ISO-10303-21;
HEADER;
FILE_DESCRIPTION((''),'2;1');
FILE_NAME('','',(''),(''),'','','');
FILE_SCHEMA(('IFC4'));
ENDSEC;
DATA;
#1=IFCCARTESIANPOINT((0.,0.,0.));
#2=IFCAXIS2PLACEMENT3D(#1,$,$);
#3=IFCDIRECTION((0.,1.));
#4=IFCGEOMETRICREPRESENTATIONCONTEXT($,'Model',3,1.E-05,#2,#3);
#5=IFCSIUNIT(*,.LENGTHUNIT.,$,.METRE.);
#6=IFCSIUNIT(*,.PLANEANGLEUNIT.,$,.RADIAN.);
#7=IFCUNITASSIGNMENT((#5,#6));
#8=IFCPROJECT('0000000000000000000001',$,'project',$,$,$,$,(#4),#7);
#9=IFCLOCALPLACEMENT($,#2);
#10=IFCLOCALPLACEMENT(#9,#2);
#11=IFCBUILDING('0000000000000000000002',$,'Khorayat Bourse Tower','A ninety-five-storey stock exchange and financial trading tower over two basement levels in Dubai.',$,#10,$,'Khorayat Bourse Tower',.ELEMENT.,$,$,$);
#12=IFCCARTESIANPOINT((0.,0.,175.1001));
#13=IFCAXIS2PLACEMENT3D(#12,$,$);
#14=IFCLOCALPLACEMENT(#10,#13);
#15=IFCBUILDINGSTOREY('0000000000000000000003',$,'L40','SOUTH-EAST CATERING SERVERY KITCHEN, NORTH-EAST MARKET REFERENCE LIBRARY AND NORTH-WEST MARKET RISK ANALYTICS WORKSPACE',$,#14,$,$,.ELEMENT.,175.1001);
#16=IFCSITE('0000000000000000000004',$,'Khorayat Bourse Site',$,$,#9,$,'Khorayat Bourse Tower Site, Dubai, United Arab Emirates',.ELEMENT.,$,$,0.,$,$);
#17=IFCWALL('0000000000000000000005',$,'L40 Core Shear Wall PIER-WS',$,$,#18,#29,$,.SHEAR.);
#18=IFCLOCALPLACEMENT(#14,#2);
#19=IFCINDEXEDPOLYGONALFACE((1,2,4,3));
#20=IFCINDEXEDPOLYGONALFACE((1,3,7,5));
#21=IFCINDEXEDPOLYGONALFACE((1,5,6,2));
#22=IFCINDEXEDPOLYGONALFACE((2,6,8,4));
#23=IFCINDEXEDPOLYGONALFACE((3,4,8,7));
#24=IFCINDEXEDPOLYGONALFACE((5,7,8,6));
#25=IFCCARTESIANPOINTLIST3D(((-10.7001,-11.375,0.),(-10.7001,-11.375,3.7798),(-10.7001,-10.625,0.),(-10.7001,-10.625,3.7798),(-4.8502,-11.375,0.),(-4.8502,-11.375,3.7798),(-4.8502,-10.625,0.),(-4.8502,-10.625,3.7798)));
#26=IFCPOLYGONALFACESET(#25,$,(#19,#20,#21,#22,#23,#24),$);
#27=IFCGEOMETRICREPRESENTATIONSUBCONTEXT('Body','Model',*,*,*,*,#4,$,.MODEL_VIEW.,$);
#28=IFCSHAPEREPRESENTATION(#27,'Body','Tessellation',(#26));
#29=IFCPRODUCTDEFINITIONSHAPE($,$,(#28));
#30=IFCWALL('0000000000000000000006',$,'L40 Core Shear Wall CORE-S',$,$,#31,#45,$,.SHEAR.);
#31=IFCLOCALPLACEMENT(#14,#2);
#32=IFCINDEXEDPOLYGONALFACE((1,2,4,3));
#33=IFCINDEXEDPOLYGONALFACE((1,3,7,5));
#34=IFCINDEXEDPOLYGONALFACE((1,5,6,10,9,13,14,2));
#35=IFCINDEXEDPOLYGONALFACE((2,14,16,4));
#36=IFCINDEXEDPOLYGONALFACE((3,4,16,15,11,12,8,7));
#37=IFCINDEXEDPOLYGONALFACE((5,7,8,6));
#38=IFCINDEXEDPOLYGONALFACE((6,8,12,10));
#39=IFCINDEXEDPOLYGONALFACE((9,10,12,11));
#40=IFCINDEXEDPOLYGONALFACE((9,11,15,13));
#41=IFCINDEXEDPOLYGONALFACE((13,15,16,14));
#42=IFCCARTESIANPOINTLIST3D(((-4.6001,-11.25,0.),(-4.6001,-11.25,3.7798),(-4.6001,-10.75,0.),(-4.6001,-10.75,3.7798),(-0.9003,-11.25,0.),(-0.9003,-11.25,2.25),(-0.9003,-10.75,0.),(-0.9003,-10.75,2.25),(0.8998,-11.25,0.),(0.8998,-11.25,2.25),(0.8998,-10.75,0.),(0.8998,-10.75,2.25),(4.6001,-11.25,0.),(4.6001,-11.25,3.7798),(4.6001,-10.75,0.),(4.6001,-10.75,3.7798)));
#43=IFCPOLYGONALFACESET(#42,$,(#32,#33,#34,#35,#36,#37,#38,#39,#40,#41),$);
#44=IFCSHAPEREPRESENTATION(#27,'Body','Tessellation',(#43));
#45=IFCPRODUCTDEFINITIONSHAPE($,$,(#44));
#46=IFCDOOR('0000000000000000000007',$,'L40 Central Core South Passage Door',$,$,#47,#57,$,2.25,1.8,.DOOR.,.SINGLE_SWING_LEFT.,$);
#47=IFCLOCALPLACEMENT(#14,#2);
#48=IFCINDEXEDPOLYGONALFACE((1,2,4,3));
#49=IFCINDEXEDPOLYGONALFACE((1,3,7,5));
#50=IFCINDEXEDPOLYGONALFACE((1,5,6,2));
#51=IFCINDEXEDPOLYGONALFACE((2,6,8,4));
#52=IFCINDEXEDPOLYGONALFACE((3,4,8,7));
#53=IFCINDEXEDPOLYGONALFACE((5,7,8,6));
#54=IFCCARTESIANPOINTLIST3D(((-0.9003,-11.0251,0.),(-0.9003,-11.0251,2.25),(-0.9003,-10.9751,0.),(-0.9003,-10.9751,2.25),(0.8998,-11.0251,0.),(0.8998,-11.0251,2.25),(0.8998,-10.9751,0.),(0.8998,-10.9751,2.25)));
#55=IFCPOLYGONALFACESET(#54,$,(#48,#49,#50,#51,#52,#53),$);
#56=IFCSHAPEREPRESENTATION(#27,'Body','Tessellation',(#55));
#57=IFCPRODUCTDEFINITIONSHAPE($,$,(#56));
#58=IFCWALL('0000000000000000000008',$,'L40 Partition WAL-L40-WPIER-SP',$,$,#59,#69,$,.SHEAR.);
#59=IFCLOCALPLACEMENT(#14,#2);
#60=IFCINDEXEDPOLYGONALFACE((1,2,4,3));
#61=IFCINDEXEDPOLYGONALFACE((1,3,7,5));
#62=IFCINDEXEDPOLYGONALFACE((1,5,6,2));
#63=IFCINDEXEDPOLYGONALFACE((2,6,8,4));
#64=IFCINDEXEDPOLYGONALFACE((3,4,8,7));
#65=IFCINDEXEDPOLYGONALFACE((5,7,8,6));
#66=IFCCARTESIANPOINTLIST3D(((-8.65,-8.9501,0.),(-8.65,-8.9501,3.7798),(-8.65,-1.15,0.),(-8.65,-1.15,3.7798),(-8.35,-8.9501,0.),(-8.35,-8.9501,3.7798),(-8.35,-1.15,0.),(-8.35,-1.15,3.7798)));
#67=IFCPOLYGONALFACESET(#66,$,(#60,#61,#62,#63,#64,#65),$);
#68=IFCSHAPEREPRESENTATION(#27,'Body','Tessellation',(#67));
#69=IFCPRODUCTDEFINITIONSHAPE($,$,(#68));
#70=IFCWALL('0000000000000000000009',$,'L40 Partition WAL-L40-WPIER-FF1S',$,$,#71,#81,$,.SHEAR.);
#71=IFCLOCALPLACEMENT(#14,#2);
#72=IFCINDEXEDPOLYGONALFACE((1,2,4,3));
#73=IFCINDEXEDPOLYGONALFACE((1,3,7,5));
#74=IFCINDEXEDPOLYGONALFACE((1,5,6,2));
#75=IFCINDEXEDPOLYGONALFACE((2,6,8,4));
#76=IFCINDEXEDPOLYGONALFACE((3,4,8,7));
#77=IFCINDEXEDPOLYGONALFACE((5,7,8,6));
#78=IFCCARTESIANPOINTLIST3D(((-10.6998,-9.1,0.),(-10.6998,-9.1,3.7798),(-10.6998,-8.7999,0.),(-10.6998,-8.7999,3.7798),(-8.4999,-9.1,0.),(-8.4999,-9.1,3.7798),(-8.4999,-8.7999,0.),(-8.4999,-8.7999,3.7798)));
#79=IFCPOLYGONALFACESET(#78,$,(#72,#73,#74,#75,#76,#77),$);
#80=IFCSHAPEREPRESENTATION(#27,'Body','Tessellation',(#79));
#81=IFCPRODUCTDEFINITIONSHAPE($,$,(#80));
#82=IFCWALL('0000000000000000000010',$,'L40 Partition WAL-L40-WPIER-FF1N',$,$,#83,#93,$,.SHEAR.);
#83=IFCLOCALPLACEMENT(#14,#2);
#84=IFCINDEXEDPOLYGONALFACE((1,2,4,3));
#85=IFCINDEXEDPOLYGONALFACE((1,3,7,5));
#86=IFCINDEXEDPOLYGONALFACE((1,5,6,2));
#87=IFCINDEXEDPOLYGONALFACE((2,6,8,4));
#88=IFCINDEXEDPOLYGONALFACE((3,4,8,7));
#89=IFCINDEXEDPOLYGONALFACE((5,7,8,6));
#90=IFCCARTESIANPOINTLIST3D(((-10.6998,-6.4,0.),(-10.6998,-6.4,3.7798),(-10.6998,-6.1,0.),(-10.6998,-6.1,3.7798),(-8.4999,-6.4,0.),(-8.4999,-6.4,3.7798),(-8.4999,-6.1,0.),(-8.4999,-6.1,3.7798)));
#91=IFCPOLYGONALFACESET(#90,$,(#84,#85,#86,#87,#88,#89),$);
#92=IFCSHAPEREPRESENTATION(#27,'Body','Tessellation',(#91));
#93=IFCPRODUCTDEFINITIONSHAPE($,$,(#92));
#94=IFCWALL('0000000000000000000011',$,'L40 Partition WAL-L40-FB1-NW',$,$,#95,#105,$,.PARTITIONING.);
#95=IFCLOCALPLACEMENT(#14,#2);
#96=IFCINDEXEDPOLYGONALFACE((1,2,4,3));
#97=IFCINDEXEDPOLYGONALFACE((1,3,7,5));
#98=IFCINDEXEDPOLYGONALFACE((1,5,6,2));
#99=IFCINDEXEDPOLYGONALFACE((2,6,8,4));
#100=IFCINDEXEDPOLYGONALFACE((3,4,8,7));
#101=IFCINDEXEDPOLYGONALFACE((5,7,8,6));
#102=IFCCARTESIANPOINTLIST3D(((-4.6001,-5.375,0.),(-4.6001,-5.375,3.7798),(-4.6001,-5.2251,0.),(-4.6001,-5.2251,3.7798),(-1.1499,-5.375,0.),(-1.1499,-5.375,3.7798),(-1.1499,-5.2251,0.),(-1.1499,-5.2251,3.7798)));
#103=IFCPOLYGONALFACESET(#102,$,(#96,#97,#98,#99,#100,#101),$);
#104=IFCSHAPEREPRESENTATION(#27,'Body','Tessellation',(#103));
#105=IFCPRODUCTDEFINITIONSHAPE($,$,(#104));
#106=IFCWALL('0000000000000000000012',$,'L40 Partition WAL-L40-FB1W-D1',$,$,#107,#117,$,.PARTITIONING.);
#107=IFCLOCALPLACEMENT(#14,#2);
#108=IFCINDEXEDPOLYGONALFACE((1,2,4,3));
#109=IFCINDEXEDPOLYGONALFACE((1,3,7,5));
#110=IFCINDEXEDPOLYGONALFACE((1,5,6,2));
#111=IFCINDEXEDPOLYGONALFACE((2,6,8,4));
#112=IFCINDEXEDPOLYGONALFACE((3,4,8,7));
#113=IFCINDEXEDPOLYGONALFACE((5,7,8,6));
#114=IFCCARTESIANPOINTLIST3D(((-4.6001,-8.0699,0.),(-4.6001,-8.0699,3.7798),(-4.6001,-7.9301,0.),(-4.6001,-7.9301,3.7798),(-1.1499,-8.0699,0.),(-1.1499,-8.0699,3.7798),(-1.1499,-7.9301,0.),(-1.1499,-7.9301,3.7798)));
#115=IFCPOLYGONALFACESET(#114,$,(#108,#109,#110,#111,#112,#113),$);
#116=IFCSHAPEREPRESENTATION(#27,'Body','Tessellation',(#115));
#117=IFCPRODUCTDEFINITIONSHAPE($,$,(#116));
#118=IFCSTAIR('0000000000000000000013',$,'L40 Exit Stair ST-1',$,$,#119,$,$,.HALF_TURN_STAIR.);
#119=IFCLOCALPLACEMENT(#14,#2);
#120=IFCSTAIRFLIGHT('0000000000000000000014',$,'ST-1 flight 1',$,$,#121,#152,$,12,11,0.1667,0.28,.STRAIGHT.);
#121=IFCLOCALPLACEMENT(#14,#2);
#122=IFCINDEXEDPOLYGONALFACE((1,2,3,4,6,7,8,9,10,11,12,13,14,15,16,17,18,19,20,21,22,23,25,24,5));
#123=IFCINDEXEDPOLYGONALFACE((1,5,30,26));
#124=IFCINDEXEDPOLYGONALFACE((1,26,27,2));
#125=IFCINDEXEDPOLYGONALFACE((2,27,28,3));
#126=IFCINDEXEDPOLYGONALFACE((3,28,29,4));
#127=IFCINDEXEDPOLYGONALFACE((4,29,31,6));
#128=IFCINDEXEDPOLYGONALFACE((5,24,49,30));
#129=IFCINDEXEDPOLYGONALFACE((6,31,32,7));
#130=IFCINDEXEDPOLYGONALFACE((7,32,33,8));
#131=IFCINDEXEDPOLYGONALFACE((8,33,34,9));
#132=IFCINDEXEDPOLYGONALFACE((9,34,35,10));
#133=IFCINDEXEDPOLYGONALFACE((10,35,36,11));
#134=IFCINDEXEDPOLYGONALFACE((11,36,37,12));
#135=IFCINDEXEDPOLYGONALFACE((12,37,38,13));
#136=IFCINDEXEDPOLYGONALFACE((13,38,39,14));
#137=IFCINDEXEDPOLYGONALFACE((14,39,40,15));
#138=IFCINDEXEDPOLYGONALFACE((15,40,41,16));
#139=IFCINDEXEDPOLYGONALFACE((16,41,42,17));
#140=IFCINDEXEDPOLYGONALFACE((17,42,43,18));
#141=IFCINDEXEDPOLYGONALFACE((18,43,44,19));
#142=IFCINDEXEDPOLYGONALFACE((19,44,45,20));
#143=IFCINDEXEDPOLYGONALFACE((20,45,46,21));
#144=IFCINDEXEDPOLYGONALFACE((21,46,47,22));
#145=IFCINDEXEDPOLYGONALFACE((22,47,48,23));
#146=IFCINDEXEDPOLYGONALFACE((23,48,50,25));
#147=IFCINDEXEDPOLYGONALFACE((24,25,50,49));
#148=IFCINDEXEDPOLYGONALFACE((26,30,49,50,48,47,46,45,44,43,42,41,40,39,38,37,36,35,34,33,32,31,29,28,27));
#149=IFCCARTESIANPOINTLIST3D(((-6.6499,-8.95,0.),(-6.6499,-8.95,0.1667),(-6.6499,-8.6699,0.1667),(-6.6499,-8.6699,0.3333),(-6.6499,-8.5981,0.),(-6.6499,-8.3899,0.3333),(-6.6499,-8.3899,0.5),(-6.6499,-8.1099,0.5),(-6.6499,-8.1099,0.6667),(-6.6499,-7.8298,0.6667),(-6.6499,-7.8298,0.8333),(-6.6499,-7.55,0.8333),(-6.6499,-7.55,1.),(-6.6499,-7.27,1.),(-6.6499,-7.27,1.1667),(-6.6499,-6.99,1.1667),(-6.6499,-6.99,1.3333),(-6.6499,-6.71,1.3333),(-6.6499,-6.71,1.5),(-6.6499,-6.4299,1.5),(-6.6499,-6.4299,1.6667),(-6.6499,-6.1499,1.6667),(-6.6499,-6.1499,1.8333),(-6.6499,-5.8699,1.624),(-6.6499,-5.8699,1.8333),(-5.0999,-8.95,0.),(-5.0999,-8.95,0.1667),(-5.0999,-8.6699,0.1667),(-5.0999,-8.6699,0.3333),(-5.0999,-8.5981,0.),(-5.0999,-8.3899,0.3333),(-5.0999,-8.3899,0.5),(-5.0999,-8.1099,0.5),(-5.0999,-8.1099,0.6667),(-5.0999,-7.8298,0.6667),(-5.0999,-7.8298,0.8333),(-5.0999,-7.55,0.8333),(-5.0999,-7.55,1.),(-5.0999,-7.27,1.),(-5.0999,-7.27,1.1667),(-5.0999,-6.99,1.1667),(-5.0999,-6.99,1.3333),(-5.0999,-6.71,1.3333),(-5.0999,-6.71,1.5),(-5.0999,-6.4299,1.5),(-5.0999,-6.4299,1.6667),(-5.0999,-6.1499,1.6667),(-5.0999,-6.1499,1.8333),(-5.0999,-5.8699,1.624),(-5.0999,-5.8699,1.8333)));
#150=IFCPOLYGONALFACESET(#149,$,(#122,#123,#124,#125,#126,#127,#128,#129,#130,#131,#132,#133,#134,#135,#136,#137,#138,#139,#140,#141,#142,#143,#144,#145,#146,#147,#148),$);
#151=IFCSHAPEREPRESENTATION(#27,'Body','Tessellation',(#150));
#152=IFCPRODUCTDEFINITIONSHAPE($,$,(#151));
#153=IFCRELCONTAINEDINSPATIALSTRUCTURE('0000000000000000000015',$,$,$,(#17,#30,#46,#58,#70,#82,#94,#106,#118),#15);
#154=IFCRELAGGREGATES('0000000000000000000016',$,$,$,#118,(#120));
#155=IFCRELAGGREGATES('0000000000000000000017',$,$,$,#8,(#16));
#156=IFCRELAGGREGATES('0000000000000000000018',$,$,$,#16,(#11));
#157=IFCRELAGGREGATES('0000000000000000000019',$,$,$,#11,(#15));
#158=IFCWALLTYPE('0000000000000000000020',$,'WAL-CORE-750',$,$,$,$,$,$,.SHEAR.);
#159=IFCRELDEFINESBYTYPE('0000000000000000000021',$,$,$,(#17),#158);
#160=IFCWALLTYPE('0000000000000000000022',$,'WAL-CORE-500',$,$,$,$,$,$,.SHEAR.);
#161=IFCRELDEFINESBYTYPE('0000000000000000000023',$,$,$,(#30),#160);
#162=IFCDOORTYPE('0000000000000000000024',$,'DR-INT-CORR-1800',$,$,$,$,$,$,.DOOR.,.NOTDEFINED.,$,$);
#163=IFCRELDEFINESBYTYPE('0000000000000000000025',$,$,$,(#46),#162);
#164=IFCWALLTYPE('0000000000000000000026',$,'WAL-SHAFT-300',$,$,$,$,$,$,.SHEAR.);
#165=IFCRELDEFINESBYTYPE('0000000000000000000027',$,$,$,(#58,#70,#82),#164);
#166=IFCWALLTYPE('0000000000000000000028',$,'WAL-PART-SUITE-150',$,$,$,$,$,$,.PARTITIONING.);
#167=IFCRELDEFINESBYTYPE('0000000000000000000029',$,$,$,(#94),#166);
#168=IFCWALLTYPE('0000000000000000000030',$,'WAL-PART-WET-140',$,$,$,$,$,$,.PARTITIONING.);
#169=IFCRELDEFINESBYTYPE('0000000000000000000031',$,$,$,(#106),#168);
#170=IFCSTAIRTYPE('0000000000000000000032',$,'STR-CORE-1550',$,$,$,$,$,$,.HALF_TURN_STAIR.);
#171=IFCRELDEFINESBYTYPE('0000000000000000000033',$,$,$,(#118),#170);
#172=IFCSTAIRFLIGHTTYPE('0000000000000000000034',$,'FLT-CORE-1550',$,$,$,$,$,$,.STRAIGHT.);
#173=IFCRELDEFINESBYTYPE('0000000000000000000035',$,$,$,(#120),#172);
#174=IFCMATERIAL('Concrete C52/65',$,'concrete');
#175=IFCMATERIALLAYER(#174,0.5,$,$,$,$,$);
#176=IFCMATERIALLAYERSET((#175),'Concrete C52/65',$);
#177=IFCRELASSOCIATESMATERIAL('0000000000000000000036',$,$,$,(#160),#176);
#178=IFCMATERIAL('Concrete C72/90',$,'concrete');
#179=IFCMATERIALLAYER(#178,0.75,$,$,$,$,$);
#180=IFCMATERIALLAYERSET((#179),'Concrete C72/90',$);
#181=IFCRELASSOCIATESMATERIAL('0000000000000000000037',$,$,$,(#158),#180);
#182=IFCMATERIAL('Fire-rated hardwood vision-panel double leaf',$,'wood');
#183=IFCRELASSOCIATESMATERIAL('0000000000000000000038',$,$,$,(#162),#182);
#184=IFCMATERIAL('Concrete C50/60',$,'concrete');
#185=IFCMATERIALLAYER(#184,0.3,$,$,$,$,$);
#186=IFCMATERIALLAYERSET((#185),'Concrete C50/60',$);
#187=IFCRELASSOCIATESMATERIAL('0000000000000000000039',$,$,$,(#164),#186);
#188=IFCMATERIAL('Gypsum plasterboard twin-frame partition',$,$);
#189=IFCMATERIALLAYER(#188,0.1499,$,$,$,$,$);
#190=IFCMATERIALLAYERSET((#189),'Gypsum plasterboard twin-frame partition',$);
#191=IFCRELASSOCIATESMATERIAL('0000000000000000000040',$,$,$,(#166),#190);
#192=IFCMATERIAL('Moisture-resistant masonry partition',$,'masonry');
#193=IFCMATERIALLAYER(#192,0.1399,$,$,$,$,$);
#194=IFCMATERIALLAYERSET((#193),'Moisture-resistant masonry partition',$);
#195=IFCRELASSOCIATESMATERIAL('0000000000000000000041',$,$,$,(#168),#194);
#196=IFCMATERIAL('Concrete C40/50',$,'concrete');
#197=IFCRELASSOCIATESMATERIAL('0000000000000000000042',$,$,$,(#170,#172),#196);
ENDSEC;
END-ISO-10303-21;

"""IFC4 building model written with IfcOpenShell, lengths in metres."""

from ifc_helpers import new_model, si_unit, direction, frame, frame_2d, origin, place, context, subcontext, project, spatial, polyline, rectangle, outline, extrude, source, transform, mapped, material, layer, layer_set, type_object, element, fill, aggregate, save


model = new_model("IFC4")

# Units and contexts
model_context = context("Model", 3, precision=1e-05, world=origin(), true_north=direction((0.0, 1.0)))
body_context = subcontext(model_context, "Body", "Model", "MODEL_VIEW")
ifc_project = project(units=[si_unit("LENGTHUNIT", "METRE"), si_unit("PLANEANGLEUNIT", "RADIAN")], contexts=[model_context])

# Site, building, storey
site_placement = place(None, origin())
site = spatial("IfcSite", under=ifc_project, at=site_placement, Name="Khorayat Bourse Site", LongName="Khorayat Bourse Tower Site, Dubai, United Arab Emirates", CompositionType="ELEMENT", RefElevation=0.0)
building_placement = place(site_placement, origin())
building = spatial("IfcBuilding", under=site, at=building_placement, Name="Khorayat Bourse Tower", Description="A ninety-five-storey stock exchange and financial trading tower over two basement levels in Dubai.", LongName="Khorayat Bourse Tower", CompositionType="ELEMENT")
storey_placement = place(building_placement, frame((0.0, 0.0, 175.1001)))
storey = spatial("IfcBuildingStorey", under=building, at=storey_placement, Name="L40", Description="SOUTH-EAST CATERING SERVERY KITCHEN, NORTH-EAST MARKET REFERENCE LIBRARY AND NORTH-WEST MARKET RISK ANALYTICS WORKSPACE", CompositionType="ELEMENT", Elevation=175.1001)

# Shared definitions
ifc_material_1 = material(Name="Concrete C72/90", Category="concrete")

# Wall
ifc_material_2 = material(Name="Concrete C52/65", Category="concrete")
ifc_layer_1 = layer(ifc_material_2, 0.5)
ifc_layer_set_1 = layer_set([ifc_layer_1], Name="Concrete C52/65")
wall_type_1 = type_object("IfcWallType", Name="WAL-CORE-500", PredefinedType="SHEAR", material=ifc_layer_set_1)
ifc_layer_2 = layer(ifc_material_1, 0.75)
ifc_layer_set_2 = layer_set([ifc_layer_2], Name="Concrete C72/90")
wall_type_2 = type_object("IfcWallType", Name="WAL-CORE-750", PredefinedType="SHEAR", material=ifc_layer_set_2)
shared_shape_1 = source(origin(), body_context, "Body", "SweptSolid", [
    extrude(rectangle(XDim=5.8499, YDim=0.75, at=frame_2d((2.9248, 0.0))), origin(), (0.0, 0.0, 1.0), 3.7798),
])
wall_1_placement = place(storey_placement, frame((-10.7, -11.0, 0.0), z_axis=(0.0, 0.0, 1.0), x_axis=(1.0, 0.0, 0.0)))
element("IfcWall", 1, at=wall_1_placement, inside=storey, type_object=wall_type_2, Name="L40 Core Shear Wall PIER-WS", PredefinedType="SHEAR", context=body_context, shape_type="MappedRepresentation", body=[
    mapped(shared_shape_1, transform((0.0, 0.0, 0.0), scale=1.0)),
])

# Wall, opening, door
shared_shape_2 = source(origin(), body_context, "Body", "SweptSolid", [
    extrude(rectangle(XDim=9.2002, YDim=0.5, at=frame_2d((4.6001, 0.0))), origin(), (0.0, 0.0, 1.0), 3.7798),
])
wall_2_placement = place(storey_placement, frame((-4.6001, -11.0, 0.0), z_axis=(0.0, 0.0, 1.0), x_axis=(1.0, 0.0, 0.0)))
wall_2 = element("IfcWall", 2, at=wall_2_placement, inside=storey, type_object=wall_type_1, Name="L40 Core Shear Wall CORE-S", PredefinedType="SHEAR", context=body_context, shape_type="MappedRepresentation", body=[
    mapped(shared_shape_2, transform((0.0, 0.0, 0.0), scale=1.0)),
])
shared_shape_3 = source(origin(), body_context, "Body", "SweptSolid", [
    extrude(rectangle(XDim=1.8, YDim=2.25, at=frame_2d((0.8999, 1.125))), frame((0.0, 0.26, 0.0), z_axis=(0.0, -1.0, 0.0), x_axis=(1.0, 0.0, 0.0)), (0.0, 0.0, 1.0), 0.52),
])
opening_placement = place(wall_2_placement, frame((3.7, 0.0, 0.0)))
opening = element("IfcOpeningElement", 3, at=opening_placement, cuts=wall_2, PredefinedType="OPENING", context=body_context, shape_type="MappedRepresentation", body=[
    mapped(shared_shape_3, transform((0.0, 0.0, 0.0), scale=1.0)),
])
ifc_material_3 = material(Name="Fire-rated hardwood vision-panel double leaf", Category="wood")
door_type = type_object("IfcDoorType", Name="DR-INT-CORR-1800", OperationType="NOTDEFINED", PredefinedType="DOOR", material=ifc_material_3)
shared_shape_4 = source(origin(), body_context, "Body", "SweptSolid", [
    extrude(rectangle(XDim=1.8, YDim=2.25, at=frame_2d((0.8999, 1.125))), frame((0.0, 0.0249, 0.0), z_axis=(0.0, -1.0, 0.0), x_axis=(1.0, 0.0, 0.0)), (0.0, 0.0, 1.0), 0.05),
])
door_placement = place(opening_placement, origin())
door = element("IfcDoor", 4, at=door_placement, inside=storey, type_object=door_type, Name="L40 Central Core South Passage Door", OperationType="SINGLE_SWING_LEFT", OverallHeight=2.25, OverallWidth=1.8, PredefinedType="DOOR", context=body_context, shape_type="MappedRepresentation", body=[
    mapped(shared_shape_4, transform((0.0, 0.0, 0.0), scale=1.0)),
])
fill(opening, door)

# Walls
ifc_material_4 = material(Name="Concrete C50/60", Category="concrete")
ifc_layer_3 = layer(ifc_material_4, 0.3)
ifc_layer_set_3 = layer_set([ifc_layer_3], Name="Concrete C50/60")
wall_type_3 = type_object("IfcWallType", Name="WAL-SHAFT-300", PredefinedType="SHEAR", material=ifc_layer_set_3)
shared_shape_5 = source(origin(), body_context, "Body", "SweptSolid", [
    extrude(rectangle(XDim=7.8, YDim=0.3, at=frame_2d((3.8999, 0.0))), origin(), (0.0, 0.0, 1.0), 3.7798),
])
wall_3_placement = place(storey_placement, frame((-8.5, -8.95, 0.0), z_axis=(0.0, 0.0, 1.0), x_axis=(0.0, 1.0, 0.0)))
element("IfcWall", 5, at=wall_3_placement, inside=storey, type_object=wall_type_3, Name="L40 Partition WAL-L40-WPIER-SP", PredefinedType="SHEAR", context=body_context, shape_type="MappedRepresentation", body=[
    mapped(shared_shape_5, transform((0.0, 0.0, 0.0), scale=1.0)),
])
shared_shape_6 = source(origin(), body_context, "Body", "SweptSolid", [
    extrude(rectangle(XDim=2.2, YDim=0.3, at=frame_2d((1.1001, 0.0))), origin(), (0.0, 0.0, 1.0), 3.7798),
])
for number, where, z_axis, x_axis, name in (
    (6, (-10.7, -8.95, 0.0), (0.0, 0.0, 1.0), (1.0, 0.0, 0.0), "L40 Partition WAL-L40-WPIER-FF1S"),
    (7, (-10.7, -6.25, 0.0), (0.0, 0.0, 1.0), (1.0, 0.0, 0.0), "L40 Partition WAL-L40-WPIER-FF1N"),
):
    element("IfcWall", number, at=place(storey_placement, frame(where, z_axis=z_axis, x_axis=x_axis)), inside=storey, type_object=wall_type_3, Name=name, PredefinedType="SHEAR", context=body_context, shape_type="MappedRepresentation", body=[
        mapped(shared_shape_6, transform((0.0, 0.0, 0.0), scale=1.0)),
    ])
ifc_material_5 = material(Name="Gypsum plasterboard twin-frame partition")
ifc_layer_4 = layer(ifc_material_5, 0.1499)
ifc_layer_set_4 = layer_set([ifc_layer_4], Name="Gypsum plasterboard twin-frame partition")
wall_type_4 = type_object("IfcWallType", Name="WAL-PART-SUITE-150", PredefinedType="PARTITIONING", material=ifc_layer_set_4)
shared_shape_7 = source(origin(), body_context, "Body", "SweptSolid", [
    extrude(rectangle(XDim=3.4502, YDim=0.1499, at=frame_2d((1.7251, 0.0))), origin(), (0.0, 0.0, 1.0), 3.7798),
])
wall_4_placement = place(storey_placement, frame((-4.6001, -5.3, 0.0), z_axis=(0.0, 0.0, 1.0), x_axis=(1.0, 0.0, 0.0)))
element("IfcWall", 8, at=wall_4_placement, inside=storey, type_object=wall_type_4, Name="L40 Partition WAL-L40-FB1-NW", PredefinedType="PARTITIONING", context=body_context, shape_type="MappedRepresentation", body=[
    mapped(shared_shape_7, transform((0.0, 0.0, 0.0), scale=1.0)),
])
ifc_material_6 = material(Name="Moisture-resistant masonry partition", Category="masonry")
ifc_layer_5 = layer(ifc_material_6, 0.1399)
ifc_layer_set_5 = layer_set([ifc_layer_5], Name="Moisture-resistant masonry partition")
wall_type_5 = type_object("IfcWallType", Name="WAL-PART-WET-140", PredefinedType="PARTITIONING", material=ifc_layer_set_5)
shared_shape_8 = source(origin(), body_context, "Body", "SweptSolid", [
    extrude(rectangle(XDim=3.4502, YDim=0.1399, at=frame_2d((1.7251, 0.0))), origin(), (0.0, 0.0, 1.0), 3.7798),
])
wall_5_placement = place(storey_placement, frame((-4.6001, -8.0, 0.0), z_axis=(0.0, 0.0, 1.0), x_axis=(1.0, 0.0, 0.0)))
element("IfcWall", 9, at=wall_5_placement, inside=storey, type_object=wall_type_5, Name="L40 Partition WAL-L40-FB1W-D1", PredefinedType="PARTITIONING", context=body_context, shape_type="MappedRepresentation", body=[
    mapped(shared_shape_8, transform((0.0, 0.0, 0.0), scale=1.0)),
])

# Stair, stair flight
ifc_material_7 = material(Name="Concrete C40/50", Category="concrete")
stair_type = type_object("IfcStairType", Name="STR-CORE-1550", PredefinedType="HALF_TURN_STAIR", material=ifc_material_7)
stair_placement = place(storey_placement, origin())
stair = element("IfcStair", 10, at=stair_placement, inside=storey, type_object=stair_type, Name="L40 Exit Stair ST-1", PredefinedType="HALF_TURN_STAIR")
stair_flight_type = type_object("IfcStairFlightType", Name="FLT-CORE-1550", PredefinedType="STRAIGHT", material=ifc_material_7)
shared_shape_9 = source(origin(), body_context, "Body", "SweptSolid", [
    extrude(outline(polyline([(0.0, 0.0), (0.0, 0.1667), (0.28, 0.1667), (0.28, 0.3333), (0.5601, 0.3333), (0.5601, 0.5), (0.8401, 0.5), (0.8401, 0.6667), (1.1201, 0.6667), (1.1201, 0.8333), (1.3999, 0.8333), (1.3999, 1.0), (1.6799, 1.0), (1.6799, 1.1667), (1.96, 1.1667), (1.96, 1.3333), (2.24, 1.3333), (2.24, 1.5), (2.52, 1.5), (2.52, 1.6667), (2.8, 1.6667), (2.8, 1.8333), (3.0801, 1.8333), (3.0801, 2.0), (3.0801, 1.624), (0.3518, 0.0), (0.0, 0.0)])), frame((0.0, 0.7749, 0.0), z_axis=(0.0, -1.0, 0.0), x_axis=(1.0, 0.0, 0.0)), (0.0, 0.0, 1.0), 1.55),
])
stair_flight_1_placement = place(storey_placement, frame((-5.875, -8.95, 0.0), z_axis=(0.0, 0.0, 1.0), x_axis=(0.0, 1.0, 0.0)))
stair_flight_1 = element("IfcStairFlight", 11, at=stair_flight_1_placement, type_object=stair_flight_type, Name="ST-1 flight 1", NumberOfRisers=12, NumberOfTreads=11, PredefinedType="STRAIGHT", RiserHeight=0.1667, TreadLength=0.28, context=body_context, shape_type="MappedRepresentation", body=[
    mapped(shared_shape_9, transform((0.0, 0.0, 0.0), scale=1.0)),
])
aggregate(stair, [stair_flight_1])

save(model, "model.ifc")
